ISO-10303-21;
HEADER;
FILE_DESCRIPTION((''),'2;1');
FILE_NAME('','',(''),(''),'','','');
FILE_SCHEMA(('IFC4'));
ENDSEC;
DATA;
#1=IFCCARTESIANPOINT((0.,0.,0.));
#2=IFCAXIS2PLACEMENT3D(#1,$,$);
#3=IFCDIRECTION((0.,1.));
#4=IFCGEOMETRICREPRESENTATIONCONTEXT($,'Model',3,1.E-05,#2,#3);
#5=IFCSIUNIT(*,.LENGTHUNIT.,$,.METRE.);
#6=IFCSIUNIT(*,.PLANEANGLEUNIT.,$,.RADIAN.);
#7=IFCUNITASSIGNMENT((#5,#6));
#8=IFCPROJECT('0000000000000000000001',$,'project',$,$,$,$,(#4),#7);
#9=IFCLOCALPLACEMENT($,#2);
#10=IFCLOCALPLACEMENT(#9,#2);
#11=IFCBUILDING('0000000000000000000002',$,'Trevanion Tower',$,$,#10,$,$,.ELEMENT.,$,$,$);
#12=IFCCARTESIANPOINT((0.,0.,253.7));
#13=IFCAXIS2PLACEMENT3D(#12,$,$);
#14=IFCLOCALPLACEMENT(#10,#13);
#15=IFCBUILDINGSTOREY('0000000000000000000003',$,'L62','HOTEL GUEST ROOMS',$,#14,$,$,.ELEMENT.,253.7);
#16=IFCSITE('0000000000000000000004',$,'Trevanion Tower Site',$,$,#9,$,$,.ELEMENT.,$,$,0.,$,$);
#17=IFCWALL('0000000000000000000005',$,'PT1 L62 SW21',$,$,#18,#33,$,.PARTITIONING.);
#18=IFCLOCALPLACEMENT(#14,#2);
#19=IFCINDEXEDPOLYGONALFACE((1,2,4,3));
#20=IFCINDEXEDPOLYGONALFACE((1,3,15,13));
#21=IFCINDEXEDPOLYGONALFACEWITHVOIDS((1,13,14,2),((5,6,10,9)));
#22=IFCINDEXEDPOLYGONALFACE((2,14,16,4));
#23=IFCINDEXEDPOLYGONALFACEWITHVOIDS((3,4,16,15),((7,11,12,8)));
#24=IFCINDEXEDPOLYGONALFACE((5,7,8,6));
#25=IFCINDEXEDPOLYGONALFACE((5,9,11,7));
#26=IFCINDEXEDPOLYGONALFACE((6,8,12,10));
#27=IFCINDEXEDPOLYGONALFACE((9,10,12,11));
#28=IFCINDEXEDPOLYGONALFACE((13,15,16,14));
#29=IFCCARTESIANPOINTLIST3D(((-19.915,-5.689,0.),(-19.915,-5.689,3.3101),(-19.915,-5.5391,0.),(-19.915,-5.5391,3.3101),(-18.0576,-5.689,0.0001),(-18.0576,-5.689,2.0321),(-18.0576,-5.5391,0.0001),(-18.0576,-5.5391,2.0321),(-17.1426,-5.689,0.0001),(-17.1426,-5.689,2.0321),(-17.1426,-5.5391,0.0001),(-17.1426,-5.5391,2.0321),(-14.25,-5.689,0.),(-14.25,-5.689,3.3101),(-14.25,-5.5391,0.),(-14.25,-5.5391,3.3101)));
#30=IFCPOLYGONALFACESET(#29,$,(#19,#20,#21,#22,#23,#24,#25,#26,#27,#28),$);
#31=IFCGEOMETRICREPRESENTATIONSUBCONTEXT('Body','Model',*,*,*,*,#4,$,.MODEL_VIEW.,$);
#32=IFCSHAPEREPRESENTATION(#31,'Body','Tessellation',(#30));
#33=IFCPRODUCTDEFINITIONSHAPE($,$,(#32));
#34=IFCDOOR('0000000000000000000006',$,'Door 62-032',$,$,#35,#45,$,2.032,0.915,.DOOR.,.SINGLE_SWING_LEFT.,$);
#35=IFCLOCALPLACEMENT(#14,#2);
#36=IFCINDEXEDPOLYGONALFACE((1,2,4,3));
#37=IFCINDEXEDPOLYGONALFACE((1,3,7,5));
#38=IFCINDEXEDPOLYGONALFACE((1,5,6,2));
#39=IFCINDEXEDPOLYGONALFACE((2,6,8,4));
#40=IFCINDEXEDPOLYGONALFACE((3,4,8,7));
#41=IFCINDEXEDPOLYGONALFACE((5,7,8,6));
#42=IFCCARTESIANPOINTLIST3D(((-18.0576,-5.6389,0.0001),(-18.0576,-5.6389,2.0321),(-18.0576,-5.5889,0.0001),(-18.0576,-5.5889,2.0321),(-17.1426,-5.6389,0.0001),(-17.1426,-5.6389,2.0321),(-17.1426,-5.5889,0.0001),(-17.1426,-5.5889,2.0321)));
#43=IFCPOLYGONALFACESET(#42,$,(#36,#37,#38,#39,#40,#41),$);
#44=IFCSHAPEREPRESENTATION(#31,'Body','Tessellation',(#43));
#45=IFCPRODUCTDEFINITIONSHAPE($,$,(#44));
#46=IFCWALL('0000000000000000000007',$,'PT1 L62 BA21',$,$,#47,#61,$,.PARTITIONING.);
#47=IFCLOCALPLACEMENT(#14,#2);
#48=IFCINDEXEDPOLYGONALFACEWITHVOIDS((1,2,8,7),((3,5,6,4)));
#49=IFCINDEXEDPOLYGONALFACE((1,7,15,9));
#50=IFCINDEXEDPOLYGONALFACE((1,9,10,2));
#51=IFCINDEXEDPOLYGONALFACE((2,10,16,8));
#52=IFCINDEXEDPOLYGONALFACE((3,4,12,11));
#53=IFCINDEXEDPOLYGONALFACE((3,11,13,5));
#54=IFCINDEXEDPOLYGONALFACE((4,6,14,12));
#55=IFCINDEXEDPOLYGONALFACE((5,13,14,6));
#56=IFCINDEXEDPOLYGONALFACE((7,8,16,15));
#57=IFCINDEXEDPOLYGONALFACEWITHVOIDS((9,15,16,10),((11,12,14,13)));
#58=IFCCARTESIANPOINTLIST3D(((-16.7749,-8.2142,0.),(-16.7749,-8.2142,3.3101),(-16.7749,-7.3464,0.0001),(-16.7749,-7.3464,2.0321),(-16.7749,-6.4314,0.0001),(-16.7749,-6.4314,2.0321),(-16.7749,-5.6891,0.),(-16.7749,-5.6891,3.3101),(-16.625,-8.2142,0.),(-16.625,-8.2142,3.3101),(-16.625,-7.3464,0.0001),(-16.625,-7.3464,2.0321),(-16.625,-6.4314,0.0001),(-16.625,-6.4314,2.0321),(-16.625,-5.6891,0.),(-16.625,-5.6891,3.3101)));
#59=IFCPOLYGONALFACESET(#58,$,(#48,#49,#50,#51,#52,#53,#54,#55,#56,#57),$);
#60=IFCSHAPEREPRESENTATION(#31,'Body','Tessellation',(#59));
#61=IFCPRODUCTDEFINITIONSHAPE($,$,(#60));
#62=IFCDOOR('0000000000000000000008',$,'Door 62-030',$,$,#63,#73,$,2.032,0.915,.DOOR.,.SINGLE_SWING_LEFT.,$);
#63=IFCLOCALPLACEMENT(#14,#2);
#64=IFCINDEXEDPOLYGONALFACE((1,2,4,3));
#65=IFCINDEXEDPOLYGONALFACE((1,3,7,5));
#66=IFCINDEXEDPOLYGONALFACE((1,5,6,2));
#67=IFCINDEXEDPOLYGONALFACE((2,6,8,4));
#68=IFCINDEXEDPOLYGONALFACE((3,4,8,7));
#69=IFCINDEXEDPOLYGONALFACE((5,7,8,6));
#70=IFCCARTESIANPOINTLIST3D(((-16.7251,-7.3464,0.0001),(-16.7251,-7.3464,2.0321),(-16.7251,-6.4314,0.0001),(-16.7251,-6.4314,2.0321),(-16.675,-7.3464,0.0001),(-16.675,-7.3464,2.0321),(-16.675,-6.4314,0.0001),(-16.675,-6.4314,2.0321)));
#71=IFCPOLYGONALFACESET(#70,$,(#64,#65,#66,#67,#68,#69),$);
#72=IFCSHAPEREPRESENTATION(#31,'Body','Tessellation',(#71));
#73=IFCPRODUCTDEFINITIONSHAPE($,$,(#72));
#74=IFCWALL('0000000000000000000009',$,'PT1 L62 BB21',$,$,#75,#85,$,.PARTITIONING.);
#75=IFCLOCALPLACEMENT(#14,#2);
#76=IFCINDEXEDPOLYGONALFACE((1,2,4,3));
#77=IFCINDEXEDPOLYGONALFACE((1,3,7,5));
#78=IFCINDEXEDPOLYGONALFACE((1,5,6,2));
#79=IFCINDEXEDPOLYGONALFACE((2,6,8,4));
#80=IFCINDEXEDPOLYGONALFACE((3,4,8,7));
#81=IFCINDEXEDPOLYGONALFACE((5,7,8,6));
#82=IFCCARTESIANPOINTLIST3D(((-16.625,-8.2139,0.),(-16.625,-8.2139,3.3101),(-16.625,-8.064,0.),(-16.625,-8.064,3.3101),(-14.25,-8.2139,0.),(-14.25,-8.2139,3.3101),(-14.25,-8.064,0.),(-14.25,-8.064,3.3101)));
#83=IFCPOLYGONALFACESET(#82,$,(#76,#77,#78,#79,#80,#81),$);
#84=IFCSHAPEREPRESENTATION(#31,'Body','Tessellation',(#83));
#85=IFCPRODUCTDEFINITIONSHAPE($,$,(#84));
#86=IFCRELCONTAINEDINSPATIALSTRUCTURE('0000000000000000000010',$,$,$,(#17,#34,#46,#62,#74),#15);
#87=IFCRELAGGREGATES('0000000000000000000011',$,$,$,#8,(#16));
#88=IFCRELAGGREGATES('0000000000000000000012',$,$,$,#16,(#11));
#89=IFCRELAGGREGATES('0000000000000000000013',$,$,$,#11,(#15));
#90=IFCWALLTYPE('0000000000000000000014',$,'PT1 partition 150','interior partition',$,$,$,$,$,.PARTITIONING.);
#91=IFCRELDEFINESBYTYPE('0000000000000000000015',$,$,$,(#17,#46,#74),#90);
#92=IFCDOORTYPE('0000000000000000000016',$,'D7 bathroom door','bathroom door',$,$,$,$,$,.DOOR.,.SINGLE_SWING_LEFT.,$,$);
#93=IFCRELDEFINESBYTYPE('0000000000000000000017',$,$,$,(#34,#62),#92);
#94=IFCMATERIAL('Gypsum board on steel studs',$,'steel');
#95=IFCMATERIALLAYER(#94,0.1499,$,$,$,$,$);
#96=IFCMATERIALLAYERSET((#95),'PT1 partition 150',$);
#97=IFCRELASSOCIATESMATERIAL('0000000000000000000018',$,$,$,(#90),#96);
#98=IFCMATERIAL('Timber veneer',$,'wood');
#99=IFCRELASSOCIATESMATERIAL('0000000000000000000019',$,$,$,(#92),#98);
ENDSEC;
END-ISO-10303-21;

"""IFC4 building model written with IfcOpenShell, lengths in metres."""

from ifc_helpers import new_model, si_unit, direction, frame, frame_2d, origin, place, context, subcontext, project, spatial, rectangle, extrude, material, layer, layer_set, type_object, element, fill, save


model = new_model("IFC4")

# Units and contexts
model_context = context("Model", 3, precision=1e-05, world=origin(), true_north=direction((0.0, 1.0)))
body_context = subcontext(model_context, "Body", "Model", "MODEL_VIEW")
ifc_project = project(units=[si_unit("LENGTHUNIT", "METRE"), si_unit("PLANEANGLEUNIT", "RADIAN")], contexts=[model_context])

# Site, building, storey
site_placement = place(None, origin())
site = spatial("IfcSite", under=ifc_project, at=site_placement, Name="Trevanion Tower Site", CompositionType="ELEMENT", RefElevation=0.0)
building_placement = place(site_placement, origin())
building = spatial("IfcBuilding", under=site, at=building_placement, Name="Trevanion Tower", CompositionType="ELEMENT")
storey_placement = place(building_placement, frame((0.0, 0.0, 253.7)))
storey = spatial("IfcBuildingStorey", under=building, at=storey_placement, Name="L62", Description="HOTEL GUEST ROOMS", CompositionType="ELEMENT", Elevation=253.7)

# Walls, openings, doors
ifc_material_1 = material(Name="Gypsum board on steel studs", Category="steel")
ifc_layer_1 = layer(ifc_material_1, 0.1499)
ifc_layer_set_1 = layer_set([ifc_layer_1], Name="PT1 partition 150")
wall_type = type_object("IfcWallType", Name="PT1 partition 150", Description="interior partition", PredefinedType="PARTITIONING", material=ifc_layer_set_1)
wall_1_placement = place(storey_placement, frame((-14.25, -5.614, 0.0), z_axis=(0.0, 0.0, 1.0), x_axis=(-1.0, 0.0, 0.0)))
wall_1 = element("IfcWall", 1, at=wall_1_placement, inside=storey, type_object=wall_type, Name="PT1 L62 SW21", PredefinedType="PARTITIONING", context=body_context, shape_type="SweptSolid", body=[
    extrude(rectangle(XDim=5.665, YDim=0.1499, at=frame_2d((2.8325, 0.0))), origin(), (0.0, 0.0, 1.0), 3.3101),
])
opening_1_placement = place(wall_1_placement, frame((2.8926, 0.0, 0.0)))
opening_1 = element("IfcOpeningElement", 2, at=opening_1_placement, cuts=wall_1, PredefinedType="OPENING", context=body_context, shape_type="SweptSolid", body=[
    extrude(rectangle(XDim=0.915, YDim=2.032, at=frame_2d((0.4575, 1.0161))), frame((0.0, 0.085, 0.0), z_axis=(0.0, -1.0, 0.0), x_axis=(1.0, 0.0, 0.0)), (0.0, 0.0, 1.0), 0.1699),
])
ifc_material_2 = material(Name="Timber veneer", Category="wood")
door_type = type_object("IfcDoorType", Name="D7 bathroom door", Description="bathroom door", OperationType="SINGLE_SWING_LEFT", PredefinedType="DOOR", material=ifc_material_2)
door_1_placement = place(opening_1_placement, origin())
door_1 = element("IfcDoor", 3, at=door_1_placement, inside=storey, type_object=door_type, Name="Door 62-032", OperationType="SINGLE_SWING_LEFT", OverallHeight=2.032, OverallWidth=0.915, PredefinedType="DOOR", context=body_context, shape_type="SweptSolid", body=[
    extrude(rectangle(XDim=0.915, YDim=2.032, at=frame_2d((0.4575, 1.0161))), frame((0.0, 0.0249, 0.0), z_axis=(0.0, -1.0, 0.0), x_axis=(1.0, 0.0, 0.0)), (0.0, 0.0, 1.0), 0.05),
])
fill(opening_1, door_1)
wall_2_placement = place(storey_placement, frame((-16.7, -5.689, 0.0), z_axis=(0.0, 0.0, 1.0), x_axis=(0.0, -1.0, 0.0)))
wall_2 = element("IfcWall", 4, at=wall_2_placement, inside=storey, type_object=wall_type, Name="PT1 L62 BA21", PredefinedType="PARTITIONING", context=body_context, shape_type="SweptSolid", body=[
    extrude(rectangle(XDim=2.5251, YDim=0.1499, at=frame_2d((1.2627, 0.0))), origin(), (0.0, 0.0, 1.0), 3.3101),
])
opening_2_placement = place(wall_2_placement, frame((0.7424, 0.0, 0.0)))
opening_2 = element("IfcOpeningElement", 5, at=opening_2_placement, cuts=wall_2, PredefinedType="OPENING", context=body_context, shape_type="SweptSolid", body=[
    extrude(rectangle(XDim=0.915, YDim=2.032, at=frame_2d((0.4575, 1.0161))), frame((0.0, 0.085, 0.0), z_axis=(0.0, -1.0, 0.0), x_axis=(1.0, 0.0, 0.0)), (0.0, 0.0, 1.0), 0.1699),
])
door_2_placement = place(opening_2_placement, origin())
door_2 = element("IfcDoor", 6, at=door_2_placement, inside=storey, type_object=door_type, Name="Door 62-030", OperationType="SINGLE_SWING_LEFT", OverallHeight=2.032, OverallWidth=0.915, PredefinedType="DOOR", context=body_context, shape_type="SweptSolid", body=[
    extrude(rectangle(XDim=0.915, YDim=2.032, at=frame_2d((0.4575, 1.0161))), frame((0.0, 0.0249, 0.0), z_axis=(0.0, -1.0, 0.0), x_axis=(1.0, 0.0, 0.0)), (0.0, 0.0, 1.0), 0.05),
])
fill(opening_2, door_2)

# Wall
wall_3_placement = place(storey_placement, frame((-14.25, -8.1389, 0.0), z_axis=(0.0, 0.0, 1.0), x_axis=(-1.0, 0.0, 0.0)))
element("IfcWall", 7, at=wall_3_placement, inside=storey, type_object=wall_type, Name="PT1 L62 BB21", PredefinedType="PARTITIONING", context=body_context, shape_type="SweptSolid", body=[
    extrude(rectangle(XDim=2.375, YDim=0.1499, at=frame_2d((1.1875, 0.0))), origin(), (0.0, 0.0, 1.0), 3.3101),
])

save(model, "model.ifc")
